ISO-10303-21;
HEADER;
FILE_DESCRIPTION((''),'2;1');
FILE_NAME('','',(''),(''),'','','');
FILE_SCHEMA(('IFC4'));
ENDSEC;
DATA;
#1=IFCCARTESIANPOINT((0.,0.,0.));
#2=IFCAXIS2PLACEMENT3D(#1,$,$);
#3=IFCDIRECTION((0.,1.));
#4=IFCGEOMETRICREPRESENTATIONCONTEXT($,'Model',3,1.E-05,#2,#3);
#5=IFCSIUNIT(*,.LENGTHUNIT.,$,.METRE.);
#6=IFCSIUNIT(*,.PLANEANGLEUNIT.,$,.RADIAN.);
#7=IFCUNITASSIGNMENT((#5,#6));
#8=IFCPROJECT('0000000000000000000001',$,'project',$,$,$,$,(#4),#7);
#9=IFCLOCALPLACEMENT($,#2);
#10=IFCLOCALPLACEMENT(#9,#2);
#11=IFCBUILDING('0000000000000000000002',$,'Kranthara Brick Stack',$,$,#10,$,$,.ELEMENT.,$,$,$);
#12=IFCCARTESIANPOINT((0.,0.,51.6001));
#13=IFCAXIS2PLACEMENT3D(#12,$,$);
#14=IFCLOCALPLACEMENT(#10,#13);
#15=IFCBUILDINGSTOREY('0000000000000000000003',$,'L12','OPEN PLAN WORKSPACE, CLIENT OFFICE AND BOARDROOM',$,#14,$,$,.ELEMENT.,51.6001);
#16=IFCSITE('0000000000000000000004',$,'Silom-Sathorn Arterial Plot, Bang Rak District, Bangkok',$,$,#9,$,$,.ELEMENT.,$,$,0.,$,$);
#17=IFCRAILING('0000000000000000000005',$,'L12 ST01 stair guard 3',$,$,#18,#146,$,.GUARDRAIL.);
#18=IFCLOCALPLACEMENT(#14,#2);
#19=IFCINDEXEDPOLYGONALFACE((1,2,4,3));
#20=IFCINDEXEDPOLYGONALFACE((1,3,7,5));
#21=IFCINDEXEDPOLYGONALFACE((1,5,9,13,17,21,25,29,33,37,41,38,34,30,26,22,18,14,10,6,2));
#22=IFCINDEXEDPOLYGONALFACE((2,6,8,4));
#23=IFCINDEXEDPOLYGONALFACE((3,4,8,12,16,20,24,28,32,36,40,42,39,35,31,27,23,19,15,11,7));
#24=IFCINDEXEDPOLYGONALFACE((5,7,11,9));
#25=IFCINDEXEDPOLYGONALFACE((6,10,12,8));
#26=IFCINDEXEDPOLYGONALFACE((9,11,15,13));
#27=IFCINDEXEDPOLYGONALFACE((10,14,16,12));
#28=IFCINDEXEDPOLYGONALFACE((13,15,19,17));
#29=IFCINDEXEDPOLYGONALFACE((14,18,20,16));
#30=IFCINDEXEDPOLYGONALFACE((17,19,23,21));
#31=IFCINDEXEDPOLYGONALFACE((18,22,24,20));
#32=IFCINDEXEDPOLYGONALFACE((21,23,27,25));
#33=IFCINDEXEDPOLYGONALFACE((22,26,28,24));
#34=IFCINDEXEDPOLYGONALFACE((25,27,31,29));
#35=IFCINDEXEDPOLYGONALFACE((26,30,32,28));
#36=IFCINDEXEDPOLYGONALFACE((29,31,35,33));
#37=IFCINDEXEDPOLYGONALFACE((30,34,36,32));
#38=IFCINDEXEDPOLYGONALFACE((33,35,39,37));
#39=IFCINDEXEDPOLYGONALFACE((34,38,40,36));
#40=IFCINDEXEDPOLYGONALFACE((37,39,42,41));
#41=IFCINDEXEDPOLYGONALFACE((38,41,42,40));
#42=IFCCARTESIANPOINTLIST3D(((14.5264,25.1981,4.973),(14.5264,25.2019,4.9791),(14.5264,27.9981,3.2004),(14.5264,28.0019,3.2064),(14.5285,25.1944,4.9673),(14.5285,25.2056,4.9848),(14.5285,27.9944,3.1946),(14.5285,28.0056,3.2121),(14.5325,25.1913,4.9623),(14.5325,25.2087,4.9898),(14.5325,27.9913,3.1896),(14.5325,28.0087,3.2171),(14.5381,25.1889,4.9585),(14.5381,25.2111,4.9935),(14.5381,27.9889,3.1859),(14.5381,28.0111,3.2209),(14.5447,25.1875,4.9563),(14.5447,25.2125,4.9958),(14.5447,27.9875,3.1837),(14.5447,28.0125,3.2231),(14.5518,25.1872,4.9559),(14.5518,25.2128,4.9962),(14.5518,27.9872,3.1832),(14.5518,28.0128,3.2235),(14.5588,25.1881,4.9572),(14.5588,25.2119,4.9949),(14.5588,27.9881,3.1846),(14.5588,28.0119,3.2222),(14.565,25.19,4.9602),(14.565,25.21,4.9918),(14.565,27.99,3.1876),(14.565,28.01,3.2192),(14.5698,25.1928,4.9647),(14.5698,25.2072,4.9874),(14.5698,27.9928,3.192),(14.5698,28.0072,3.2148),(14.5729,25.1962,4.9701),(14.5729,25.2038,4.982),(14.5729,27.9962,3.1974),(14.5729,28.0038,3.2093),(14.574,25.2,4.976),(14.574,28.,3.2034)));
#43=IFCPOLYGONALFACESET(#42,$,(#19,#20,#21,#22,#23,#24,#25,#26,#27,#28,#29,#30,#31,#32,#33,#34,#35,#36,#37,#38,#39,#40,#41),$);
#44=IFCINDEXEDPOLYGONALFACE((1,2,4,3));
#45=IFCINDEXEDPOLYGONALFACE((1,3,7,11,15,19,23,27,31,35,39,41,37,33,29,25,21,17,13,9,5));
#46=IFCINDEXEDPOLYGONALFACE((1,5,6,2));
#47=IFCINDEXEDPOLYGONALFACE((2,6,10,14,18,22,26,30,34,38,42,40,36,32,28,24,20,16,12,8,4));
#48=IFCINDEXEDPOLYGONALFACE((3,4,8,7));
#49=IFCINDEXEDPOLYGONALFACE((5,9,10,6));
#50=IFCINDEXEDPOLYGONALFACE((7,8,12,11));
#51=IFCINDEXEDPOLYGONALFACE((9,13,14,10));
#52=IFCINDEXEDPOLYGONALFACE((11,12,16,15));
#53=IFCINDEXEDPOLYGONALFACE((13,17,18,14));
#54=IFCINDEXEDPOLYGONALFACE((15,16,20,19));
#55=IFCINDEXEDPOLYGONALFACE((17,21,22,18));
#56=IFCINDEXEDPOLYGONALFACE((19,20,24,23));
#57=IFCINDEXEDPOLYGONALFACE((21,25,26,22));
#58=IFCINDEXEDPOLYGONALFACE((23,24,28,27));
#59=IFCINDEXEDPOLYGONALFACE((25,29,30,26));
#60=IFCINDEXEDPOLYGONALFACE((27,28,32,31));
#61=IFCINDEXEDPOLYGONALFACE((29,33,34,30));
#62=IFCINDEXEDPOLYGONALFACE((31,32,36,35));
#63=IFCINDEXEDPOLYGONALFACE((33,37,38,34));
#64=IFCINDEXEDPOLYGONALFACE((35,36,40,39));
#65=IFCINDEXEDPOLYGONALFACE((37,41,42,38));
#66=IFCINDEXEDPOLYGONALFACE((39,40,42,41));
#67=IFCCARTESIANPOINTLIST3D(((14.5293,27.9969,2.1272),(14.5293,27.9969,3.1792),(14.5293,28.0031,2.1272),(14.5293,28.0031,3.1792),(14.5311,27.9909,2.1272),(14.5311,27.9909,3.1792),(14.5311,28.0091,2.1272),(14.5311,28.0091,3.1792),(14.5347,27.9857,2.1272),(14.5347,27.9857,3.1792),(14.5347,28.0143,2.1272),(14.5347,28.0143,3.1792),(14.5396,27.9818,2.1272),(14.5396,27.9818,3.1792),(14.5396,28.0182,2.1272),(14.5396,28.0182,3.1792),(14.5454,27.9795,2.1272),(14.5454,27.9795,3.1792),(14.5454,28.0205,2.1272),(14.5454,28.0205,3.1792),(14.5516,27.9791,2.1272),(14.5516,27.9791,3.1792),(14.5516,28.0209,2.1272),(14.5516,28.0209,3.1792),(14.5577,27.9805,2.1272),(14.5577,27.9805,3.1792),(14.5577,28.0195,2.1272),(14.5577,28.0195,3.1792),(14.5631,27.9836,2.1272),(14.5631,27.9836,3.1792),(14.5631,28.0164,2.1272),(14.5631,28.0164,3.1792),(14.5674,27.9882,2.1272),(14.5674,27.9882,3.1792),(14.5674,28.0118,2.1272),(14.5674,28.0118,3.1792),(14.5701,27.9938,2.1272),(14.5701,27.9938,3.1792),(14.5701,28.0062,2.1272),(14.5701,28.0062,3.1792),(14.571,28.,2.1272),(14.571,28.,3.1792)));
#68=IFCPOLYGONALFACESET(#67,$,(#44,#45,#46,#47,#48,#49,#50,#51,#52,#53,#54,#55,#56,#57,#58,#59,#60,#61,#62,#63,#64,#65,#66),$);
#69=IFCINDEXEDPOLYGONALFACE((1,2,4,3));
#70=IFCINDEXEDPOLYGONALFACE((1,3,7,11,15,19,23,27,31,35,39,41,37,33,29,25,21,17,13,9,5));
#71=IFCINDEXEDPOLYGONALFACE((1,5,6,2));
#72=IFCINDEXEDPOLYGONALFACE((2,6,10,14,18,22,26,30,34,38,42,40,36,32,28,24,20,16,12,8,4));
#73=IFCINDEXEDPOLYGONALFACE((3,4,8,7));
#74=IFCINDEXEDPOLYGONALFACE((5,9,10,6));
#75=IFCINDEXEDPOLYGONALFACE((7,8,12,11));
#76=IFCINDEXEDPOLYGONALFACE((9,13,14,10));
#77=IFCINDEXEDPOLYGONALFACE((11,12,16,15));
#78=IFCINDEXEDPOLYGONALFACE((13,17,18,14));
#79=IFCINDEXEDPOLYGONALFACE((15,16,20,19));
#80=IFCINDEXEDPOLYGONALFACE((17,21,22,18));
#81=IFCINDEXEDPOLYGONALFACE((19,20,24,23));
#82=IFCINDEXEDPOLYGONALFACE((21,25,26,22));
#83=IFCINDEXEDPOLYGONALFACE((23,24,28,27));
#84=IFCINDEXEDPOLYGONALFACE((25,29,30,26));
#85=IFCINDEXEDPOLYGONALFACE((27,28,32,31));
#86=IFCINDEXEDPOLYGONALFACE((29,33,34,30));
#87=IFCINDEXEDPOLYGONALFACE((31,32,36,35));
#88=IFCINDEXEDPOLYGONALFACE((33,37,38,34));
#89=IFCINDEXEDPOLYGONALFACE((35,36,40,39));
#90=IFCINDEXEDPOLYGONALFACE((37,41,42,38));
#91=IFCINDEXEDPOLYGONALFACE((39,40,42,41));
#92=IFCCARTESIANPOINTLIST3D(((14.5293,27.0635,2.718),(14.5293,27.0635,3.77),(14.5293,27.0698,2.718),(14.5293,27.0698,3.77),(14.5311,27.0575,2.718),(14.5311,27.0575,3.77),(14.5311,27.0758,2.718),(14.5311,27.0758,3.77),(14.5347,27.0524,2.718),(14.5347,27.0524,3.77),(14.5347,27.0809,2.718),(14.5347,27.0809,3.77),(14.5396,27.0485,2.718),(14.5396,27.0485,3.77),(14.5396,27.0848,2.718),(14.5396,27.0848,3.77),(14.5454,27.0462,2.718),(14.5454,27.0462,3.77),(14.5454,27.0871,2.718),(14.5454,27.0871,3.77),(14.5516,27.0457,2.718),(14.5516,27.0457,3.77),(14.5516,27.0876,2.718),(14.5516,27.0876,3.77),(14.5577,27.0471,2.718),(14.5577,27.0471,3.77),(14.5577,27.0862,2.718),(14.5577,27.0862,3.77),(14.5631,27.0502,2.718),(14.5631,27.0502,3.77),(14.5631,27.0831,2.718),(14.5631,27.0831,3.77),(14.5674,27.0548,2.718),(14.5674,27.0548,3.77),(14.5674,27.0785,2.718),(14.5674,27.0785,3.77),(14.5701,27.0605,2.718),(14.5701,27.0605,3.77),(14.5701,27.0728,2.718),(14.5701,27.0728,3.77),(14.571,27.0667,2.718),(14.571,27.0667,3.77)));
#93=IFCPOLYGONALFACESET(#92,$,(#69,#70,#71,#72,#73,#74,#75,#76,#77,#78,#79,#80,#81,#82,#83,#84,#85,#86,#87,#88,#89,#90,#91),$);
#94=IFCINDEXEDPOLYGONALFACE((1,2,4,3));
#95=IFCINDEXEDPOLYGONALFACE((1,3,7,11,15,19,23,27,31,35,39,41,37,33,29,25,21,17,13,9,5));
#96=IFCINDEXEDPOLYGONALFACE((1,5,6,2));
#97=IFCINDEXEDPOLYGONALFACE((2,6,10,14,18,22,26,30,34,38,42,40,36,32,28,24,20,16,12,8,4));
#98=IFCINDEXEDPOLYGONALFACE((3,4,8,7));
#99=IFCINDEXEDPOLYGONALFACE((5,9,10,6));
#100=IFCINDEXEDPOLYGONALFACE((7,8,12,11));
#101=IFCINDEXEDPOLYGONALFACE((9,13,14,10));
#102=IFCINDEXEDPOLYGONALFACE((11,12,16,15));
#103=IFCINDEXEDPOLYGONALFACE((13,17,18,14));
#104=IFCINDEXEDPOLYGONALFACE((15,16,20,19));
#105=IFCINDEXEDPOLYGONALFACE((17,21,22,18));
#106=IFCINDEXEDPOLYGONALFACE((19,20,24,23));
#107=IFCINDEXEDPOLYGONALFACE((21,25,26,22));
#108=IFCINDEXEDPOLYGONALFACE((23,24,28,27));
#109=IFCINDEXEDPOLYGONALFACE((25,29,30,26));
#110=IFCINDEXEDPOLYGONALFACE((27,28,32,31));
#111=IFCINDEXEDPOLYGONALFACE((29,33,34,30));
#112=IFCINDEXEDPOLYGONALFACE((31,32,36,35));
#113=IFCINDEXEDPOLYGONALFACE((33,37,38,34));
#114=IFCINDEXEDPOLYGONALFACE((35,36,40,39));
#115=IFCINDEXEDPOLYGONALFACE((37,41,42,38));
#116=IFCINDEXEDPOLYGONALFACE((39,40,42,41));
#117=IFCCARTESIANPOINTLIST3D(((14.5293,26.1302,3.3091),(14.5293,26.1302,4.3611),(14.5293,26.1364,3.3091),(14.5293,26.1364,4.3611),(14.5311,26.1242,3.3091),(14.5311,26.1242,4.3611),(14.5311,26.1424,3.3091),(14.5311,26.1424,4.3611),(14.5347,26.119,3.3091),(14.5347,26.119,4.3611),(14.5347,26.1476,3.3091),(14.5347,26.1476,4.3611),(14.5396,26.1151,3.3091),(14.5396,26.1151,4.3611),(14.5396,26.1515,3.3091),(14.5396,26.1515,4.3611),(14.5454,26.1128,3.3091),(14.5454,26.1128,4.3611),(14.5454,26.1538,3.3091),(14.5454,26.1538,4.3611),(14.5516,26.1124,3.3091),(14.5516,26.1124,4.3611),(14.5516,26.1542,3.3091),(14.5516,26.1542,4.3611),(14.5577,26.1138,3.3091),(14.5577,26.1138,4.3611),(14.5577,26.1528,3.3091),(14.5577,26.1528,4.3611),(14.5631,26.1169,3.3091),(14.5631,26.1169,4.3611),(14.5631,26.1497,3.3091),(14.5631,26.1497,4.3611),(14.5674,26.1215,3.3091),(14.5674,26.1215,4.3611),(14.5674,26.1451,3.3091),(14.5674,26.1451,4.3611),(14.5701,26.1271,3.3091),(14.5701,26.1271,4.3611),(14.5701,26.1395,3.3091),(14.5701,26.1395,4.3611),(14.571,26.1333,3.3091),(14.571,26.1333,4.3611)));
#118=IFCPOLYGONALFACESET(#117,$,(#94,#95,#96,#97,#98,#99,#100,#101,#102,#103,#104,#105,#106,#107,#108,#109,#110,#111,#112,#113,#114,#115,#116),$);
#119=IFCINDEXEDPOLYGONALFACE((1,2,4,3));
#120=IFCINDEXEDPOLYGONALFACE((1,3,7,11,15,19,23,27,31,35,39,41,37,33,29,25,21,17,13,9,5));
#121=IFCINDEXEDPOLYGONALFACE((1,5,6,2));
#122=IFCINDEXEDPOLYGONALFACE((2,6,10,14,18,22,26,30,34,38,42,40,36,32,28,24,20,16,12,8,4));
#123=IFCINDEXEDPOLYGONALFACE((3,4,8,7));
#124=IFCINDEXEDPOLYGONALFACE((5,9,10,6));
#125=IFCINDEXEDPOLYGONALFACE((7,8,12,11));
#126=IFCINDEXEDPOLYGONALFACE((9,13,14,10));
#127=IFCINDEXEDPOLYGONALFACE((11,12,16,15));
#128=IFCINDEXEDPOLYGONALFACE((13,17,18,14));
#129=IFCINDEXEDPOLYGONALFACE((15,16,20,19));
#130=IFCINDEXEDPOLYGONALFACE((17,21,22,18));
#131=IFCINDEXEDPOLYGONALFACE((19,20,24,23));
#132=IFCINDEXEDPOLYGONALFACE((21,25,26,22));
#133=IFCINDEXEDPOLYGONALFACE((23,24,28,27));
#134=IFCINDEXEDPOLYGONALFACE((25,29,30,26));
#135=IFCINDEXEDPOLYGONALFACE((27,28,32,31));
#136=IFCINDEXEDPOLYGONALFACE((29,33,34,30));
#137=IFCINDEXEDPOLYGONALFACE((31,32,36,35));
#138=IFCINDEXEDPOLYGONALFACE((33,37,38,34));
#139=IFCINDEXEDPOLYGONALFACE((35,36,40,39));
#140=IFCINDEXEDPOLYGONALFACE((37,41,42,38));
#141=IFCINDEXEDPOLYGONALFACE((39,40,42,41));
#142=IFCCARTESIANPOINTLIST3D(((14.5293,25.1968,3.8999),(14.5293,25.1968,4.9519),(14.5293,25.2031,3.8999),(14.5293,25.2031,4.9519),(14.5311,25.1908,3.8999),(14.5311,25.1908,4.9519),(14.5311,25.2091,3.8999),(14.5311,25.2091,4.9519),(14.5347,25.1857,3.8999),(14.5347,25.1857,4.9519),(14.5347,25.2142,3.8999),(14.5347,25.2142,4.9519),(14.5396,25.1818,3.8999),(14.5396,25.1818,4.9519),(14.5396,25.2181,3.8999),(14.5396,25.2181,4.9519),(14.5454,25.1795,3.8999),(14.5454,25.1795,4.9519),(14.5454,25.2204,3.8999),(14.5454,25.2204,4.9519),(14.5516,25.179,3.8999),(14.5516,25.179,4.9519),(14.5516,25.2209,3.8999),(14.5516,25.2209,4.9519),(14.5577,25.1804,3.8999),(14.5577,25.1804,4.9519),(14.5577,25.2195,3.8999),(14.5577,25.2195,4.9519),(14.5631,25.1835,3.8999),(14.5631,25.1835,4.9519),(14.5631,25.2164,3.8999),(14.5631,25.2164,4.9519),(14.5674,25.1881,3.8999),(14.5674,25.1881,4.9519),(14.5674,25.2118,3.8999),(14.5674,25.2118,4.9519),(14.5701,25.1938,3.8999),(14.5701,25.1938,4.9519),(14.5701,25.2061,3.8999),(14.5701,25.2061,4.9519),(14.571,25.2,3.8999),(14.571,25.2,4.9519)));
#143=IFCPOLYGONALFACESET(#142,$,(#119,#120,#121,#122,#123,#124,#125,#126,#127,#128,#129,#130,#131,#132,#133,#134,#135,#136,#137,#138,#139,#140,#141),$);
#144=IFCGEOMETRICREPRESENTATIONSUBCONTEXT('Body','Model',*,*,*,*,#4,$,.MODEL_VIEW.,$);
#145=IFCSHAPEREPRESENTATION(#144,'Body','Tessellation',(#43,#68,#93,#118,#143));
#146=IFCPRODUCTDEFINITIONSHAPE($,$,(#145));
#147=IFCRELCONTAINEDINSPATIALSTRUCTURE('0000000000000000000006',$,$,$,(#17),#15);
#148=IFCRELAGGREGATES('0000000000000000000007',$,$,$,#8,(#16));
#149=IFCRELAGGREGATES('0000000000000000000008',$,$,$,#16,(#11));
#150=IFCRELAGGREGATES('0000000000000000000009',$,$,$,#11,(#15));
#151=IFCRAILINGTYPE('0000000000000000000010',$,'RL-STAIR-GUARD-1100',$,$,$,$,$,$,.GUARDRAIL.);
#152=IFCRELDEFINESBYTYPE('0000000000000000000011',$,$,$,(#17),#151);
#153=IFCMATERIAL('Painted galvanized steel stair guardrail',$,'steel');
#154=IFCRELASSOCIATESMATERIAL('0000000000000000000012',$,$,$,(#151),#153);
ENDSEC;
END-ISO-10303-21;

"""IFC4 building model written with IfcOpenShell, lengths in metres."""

from ifc_helpers import new_model, si_unit, direction, frame, origin, origin_2d, place, context, subcontext, project, spatial, circle, extrude, material, type_object, element, save


model = new_model("IFC4")

# Units and contexts
model_context = context("Model", 3, precision=1e-05, world=origin(), true_north=direction((0.0, 1.0)))
body_context = subcontext(model_context, "Body", "Model", "MODEL_VIEW")
ifc_project = project(units=[si_unit("LENGTHUNIT", "METRE"), si_unit("PLANEANGLEUNIT", "RADIAN")], contexts=[model_context])

# Site, building, storey
site_placement = place(None, origin())
site = spatial("IfcSite", under=ifc_project, at=site_placement, Name="Silom-Sathorn Arterial Plot, Bang Rak District, Bangkok", CompositionType="ELEMENT", RefElevation=0.0)
building_placement = place(site_placement, origin())
building = spatial("IfcBuilding", under=site, at=building_placement, Name="Kranthara Brick Stack", CompositionType="ELEMENT")
storey_placement = place(building_placement, frame((0.0, 0.0, 51.6001)))
storey = spatial("IfcBuildingStorey", under=building, at=storey_placement, Name="L12", Description="OPEN PLAN WORKSPACE, CLIENT OFFICE AND BOARDROOM", CompositionType="ELEMENT", Elevation=51.6001)

# Railing
ifc_material_1 = material(Name="Painted galvanized steel stair guardrail", Category="steel")
railing_type_1 = type_object("IfcRailingType", Name="RL-STAIR-GUARD-1100", PredefinedType="GUARDRAIL", material=ifc_material_1)
railing_1_placement = place(storey_placement, frame((14.55, 28.0, 2.1272)))
element("IfcRailing", 1, at=railing_1_placement, inside=storey, type_object=railing_type_1, Name="L12 ST01 stair guard 3", PredefinedType="GUARDRAIL", context=body_context, shape_type="SweptSolid", body=[
    extrude(circle(Radius=0.0239, at=origin_2d()), frame((0.0, 0.0, 1.0762), z_axis=(0.0, -0.844909, 0.53491), x_axis=(1.0, 0.0, 0.0)), (0.0, 0.0, 1.0), 3.314),
    extrude(circle(Radius=0.021, at=origin_2d()), origin(), (0.0, 0.0, 1.0), 1.052),
    extrude(circle(Radius=0.021, at=origin_2d()), frame((0.0, -0.9333, 0.5908)), (0.0, 0.0, 1.0), 1.052),
    extrude(circle(Radius=0.021, at=origin_2d()), frame((0.0, -1.8667, 1.1819)), (0.0, 0.0, 1.0), 1.052),
    extrude(circle(Radius=0.021, at=origin_2d()), frame((0.0, -2.8, 1.7727)), (0.0, 0.0, 1.0), 1.052),
])

save(model, "model.ifc")
